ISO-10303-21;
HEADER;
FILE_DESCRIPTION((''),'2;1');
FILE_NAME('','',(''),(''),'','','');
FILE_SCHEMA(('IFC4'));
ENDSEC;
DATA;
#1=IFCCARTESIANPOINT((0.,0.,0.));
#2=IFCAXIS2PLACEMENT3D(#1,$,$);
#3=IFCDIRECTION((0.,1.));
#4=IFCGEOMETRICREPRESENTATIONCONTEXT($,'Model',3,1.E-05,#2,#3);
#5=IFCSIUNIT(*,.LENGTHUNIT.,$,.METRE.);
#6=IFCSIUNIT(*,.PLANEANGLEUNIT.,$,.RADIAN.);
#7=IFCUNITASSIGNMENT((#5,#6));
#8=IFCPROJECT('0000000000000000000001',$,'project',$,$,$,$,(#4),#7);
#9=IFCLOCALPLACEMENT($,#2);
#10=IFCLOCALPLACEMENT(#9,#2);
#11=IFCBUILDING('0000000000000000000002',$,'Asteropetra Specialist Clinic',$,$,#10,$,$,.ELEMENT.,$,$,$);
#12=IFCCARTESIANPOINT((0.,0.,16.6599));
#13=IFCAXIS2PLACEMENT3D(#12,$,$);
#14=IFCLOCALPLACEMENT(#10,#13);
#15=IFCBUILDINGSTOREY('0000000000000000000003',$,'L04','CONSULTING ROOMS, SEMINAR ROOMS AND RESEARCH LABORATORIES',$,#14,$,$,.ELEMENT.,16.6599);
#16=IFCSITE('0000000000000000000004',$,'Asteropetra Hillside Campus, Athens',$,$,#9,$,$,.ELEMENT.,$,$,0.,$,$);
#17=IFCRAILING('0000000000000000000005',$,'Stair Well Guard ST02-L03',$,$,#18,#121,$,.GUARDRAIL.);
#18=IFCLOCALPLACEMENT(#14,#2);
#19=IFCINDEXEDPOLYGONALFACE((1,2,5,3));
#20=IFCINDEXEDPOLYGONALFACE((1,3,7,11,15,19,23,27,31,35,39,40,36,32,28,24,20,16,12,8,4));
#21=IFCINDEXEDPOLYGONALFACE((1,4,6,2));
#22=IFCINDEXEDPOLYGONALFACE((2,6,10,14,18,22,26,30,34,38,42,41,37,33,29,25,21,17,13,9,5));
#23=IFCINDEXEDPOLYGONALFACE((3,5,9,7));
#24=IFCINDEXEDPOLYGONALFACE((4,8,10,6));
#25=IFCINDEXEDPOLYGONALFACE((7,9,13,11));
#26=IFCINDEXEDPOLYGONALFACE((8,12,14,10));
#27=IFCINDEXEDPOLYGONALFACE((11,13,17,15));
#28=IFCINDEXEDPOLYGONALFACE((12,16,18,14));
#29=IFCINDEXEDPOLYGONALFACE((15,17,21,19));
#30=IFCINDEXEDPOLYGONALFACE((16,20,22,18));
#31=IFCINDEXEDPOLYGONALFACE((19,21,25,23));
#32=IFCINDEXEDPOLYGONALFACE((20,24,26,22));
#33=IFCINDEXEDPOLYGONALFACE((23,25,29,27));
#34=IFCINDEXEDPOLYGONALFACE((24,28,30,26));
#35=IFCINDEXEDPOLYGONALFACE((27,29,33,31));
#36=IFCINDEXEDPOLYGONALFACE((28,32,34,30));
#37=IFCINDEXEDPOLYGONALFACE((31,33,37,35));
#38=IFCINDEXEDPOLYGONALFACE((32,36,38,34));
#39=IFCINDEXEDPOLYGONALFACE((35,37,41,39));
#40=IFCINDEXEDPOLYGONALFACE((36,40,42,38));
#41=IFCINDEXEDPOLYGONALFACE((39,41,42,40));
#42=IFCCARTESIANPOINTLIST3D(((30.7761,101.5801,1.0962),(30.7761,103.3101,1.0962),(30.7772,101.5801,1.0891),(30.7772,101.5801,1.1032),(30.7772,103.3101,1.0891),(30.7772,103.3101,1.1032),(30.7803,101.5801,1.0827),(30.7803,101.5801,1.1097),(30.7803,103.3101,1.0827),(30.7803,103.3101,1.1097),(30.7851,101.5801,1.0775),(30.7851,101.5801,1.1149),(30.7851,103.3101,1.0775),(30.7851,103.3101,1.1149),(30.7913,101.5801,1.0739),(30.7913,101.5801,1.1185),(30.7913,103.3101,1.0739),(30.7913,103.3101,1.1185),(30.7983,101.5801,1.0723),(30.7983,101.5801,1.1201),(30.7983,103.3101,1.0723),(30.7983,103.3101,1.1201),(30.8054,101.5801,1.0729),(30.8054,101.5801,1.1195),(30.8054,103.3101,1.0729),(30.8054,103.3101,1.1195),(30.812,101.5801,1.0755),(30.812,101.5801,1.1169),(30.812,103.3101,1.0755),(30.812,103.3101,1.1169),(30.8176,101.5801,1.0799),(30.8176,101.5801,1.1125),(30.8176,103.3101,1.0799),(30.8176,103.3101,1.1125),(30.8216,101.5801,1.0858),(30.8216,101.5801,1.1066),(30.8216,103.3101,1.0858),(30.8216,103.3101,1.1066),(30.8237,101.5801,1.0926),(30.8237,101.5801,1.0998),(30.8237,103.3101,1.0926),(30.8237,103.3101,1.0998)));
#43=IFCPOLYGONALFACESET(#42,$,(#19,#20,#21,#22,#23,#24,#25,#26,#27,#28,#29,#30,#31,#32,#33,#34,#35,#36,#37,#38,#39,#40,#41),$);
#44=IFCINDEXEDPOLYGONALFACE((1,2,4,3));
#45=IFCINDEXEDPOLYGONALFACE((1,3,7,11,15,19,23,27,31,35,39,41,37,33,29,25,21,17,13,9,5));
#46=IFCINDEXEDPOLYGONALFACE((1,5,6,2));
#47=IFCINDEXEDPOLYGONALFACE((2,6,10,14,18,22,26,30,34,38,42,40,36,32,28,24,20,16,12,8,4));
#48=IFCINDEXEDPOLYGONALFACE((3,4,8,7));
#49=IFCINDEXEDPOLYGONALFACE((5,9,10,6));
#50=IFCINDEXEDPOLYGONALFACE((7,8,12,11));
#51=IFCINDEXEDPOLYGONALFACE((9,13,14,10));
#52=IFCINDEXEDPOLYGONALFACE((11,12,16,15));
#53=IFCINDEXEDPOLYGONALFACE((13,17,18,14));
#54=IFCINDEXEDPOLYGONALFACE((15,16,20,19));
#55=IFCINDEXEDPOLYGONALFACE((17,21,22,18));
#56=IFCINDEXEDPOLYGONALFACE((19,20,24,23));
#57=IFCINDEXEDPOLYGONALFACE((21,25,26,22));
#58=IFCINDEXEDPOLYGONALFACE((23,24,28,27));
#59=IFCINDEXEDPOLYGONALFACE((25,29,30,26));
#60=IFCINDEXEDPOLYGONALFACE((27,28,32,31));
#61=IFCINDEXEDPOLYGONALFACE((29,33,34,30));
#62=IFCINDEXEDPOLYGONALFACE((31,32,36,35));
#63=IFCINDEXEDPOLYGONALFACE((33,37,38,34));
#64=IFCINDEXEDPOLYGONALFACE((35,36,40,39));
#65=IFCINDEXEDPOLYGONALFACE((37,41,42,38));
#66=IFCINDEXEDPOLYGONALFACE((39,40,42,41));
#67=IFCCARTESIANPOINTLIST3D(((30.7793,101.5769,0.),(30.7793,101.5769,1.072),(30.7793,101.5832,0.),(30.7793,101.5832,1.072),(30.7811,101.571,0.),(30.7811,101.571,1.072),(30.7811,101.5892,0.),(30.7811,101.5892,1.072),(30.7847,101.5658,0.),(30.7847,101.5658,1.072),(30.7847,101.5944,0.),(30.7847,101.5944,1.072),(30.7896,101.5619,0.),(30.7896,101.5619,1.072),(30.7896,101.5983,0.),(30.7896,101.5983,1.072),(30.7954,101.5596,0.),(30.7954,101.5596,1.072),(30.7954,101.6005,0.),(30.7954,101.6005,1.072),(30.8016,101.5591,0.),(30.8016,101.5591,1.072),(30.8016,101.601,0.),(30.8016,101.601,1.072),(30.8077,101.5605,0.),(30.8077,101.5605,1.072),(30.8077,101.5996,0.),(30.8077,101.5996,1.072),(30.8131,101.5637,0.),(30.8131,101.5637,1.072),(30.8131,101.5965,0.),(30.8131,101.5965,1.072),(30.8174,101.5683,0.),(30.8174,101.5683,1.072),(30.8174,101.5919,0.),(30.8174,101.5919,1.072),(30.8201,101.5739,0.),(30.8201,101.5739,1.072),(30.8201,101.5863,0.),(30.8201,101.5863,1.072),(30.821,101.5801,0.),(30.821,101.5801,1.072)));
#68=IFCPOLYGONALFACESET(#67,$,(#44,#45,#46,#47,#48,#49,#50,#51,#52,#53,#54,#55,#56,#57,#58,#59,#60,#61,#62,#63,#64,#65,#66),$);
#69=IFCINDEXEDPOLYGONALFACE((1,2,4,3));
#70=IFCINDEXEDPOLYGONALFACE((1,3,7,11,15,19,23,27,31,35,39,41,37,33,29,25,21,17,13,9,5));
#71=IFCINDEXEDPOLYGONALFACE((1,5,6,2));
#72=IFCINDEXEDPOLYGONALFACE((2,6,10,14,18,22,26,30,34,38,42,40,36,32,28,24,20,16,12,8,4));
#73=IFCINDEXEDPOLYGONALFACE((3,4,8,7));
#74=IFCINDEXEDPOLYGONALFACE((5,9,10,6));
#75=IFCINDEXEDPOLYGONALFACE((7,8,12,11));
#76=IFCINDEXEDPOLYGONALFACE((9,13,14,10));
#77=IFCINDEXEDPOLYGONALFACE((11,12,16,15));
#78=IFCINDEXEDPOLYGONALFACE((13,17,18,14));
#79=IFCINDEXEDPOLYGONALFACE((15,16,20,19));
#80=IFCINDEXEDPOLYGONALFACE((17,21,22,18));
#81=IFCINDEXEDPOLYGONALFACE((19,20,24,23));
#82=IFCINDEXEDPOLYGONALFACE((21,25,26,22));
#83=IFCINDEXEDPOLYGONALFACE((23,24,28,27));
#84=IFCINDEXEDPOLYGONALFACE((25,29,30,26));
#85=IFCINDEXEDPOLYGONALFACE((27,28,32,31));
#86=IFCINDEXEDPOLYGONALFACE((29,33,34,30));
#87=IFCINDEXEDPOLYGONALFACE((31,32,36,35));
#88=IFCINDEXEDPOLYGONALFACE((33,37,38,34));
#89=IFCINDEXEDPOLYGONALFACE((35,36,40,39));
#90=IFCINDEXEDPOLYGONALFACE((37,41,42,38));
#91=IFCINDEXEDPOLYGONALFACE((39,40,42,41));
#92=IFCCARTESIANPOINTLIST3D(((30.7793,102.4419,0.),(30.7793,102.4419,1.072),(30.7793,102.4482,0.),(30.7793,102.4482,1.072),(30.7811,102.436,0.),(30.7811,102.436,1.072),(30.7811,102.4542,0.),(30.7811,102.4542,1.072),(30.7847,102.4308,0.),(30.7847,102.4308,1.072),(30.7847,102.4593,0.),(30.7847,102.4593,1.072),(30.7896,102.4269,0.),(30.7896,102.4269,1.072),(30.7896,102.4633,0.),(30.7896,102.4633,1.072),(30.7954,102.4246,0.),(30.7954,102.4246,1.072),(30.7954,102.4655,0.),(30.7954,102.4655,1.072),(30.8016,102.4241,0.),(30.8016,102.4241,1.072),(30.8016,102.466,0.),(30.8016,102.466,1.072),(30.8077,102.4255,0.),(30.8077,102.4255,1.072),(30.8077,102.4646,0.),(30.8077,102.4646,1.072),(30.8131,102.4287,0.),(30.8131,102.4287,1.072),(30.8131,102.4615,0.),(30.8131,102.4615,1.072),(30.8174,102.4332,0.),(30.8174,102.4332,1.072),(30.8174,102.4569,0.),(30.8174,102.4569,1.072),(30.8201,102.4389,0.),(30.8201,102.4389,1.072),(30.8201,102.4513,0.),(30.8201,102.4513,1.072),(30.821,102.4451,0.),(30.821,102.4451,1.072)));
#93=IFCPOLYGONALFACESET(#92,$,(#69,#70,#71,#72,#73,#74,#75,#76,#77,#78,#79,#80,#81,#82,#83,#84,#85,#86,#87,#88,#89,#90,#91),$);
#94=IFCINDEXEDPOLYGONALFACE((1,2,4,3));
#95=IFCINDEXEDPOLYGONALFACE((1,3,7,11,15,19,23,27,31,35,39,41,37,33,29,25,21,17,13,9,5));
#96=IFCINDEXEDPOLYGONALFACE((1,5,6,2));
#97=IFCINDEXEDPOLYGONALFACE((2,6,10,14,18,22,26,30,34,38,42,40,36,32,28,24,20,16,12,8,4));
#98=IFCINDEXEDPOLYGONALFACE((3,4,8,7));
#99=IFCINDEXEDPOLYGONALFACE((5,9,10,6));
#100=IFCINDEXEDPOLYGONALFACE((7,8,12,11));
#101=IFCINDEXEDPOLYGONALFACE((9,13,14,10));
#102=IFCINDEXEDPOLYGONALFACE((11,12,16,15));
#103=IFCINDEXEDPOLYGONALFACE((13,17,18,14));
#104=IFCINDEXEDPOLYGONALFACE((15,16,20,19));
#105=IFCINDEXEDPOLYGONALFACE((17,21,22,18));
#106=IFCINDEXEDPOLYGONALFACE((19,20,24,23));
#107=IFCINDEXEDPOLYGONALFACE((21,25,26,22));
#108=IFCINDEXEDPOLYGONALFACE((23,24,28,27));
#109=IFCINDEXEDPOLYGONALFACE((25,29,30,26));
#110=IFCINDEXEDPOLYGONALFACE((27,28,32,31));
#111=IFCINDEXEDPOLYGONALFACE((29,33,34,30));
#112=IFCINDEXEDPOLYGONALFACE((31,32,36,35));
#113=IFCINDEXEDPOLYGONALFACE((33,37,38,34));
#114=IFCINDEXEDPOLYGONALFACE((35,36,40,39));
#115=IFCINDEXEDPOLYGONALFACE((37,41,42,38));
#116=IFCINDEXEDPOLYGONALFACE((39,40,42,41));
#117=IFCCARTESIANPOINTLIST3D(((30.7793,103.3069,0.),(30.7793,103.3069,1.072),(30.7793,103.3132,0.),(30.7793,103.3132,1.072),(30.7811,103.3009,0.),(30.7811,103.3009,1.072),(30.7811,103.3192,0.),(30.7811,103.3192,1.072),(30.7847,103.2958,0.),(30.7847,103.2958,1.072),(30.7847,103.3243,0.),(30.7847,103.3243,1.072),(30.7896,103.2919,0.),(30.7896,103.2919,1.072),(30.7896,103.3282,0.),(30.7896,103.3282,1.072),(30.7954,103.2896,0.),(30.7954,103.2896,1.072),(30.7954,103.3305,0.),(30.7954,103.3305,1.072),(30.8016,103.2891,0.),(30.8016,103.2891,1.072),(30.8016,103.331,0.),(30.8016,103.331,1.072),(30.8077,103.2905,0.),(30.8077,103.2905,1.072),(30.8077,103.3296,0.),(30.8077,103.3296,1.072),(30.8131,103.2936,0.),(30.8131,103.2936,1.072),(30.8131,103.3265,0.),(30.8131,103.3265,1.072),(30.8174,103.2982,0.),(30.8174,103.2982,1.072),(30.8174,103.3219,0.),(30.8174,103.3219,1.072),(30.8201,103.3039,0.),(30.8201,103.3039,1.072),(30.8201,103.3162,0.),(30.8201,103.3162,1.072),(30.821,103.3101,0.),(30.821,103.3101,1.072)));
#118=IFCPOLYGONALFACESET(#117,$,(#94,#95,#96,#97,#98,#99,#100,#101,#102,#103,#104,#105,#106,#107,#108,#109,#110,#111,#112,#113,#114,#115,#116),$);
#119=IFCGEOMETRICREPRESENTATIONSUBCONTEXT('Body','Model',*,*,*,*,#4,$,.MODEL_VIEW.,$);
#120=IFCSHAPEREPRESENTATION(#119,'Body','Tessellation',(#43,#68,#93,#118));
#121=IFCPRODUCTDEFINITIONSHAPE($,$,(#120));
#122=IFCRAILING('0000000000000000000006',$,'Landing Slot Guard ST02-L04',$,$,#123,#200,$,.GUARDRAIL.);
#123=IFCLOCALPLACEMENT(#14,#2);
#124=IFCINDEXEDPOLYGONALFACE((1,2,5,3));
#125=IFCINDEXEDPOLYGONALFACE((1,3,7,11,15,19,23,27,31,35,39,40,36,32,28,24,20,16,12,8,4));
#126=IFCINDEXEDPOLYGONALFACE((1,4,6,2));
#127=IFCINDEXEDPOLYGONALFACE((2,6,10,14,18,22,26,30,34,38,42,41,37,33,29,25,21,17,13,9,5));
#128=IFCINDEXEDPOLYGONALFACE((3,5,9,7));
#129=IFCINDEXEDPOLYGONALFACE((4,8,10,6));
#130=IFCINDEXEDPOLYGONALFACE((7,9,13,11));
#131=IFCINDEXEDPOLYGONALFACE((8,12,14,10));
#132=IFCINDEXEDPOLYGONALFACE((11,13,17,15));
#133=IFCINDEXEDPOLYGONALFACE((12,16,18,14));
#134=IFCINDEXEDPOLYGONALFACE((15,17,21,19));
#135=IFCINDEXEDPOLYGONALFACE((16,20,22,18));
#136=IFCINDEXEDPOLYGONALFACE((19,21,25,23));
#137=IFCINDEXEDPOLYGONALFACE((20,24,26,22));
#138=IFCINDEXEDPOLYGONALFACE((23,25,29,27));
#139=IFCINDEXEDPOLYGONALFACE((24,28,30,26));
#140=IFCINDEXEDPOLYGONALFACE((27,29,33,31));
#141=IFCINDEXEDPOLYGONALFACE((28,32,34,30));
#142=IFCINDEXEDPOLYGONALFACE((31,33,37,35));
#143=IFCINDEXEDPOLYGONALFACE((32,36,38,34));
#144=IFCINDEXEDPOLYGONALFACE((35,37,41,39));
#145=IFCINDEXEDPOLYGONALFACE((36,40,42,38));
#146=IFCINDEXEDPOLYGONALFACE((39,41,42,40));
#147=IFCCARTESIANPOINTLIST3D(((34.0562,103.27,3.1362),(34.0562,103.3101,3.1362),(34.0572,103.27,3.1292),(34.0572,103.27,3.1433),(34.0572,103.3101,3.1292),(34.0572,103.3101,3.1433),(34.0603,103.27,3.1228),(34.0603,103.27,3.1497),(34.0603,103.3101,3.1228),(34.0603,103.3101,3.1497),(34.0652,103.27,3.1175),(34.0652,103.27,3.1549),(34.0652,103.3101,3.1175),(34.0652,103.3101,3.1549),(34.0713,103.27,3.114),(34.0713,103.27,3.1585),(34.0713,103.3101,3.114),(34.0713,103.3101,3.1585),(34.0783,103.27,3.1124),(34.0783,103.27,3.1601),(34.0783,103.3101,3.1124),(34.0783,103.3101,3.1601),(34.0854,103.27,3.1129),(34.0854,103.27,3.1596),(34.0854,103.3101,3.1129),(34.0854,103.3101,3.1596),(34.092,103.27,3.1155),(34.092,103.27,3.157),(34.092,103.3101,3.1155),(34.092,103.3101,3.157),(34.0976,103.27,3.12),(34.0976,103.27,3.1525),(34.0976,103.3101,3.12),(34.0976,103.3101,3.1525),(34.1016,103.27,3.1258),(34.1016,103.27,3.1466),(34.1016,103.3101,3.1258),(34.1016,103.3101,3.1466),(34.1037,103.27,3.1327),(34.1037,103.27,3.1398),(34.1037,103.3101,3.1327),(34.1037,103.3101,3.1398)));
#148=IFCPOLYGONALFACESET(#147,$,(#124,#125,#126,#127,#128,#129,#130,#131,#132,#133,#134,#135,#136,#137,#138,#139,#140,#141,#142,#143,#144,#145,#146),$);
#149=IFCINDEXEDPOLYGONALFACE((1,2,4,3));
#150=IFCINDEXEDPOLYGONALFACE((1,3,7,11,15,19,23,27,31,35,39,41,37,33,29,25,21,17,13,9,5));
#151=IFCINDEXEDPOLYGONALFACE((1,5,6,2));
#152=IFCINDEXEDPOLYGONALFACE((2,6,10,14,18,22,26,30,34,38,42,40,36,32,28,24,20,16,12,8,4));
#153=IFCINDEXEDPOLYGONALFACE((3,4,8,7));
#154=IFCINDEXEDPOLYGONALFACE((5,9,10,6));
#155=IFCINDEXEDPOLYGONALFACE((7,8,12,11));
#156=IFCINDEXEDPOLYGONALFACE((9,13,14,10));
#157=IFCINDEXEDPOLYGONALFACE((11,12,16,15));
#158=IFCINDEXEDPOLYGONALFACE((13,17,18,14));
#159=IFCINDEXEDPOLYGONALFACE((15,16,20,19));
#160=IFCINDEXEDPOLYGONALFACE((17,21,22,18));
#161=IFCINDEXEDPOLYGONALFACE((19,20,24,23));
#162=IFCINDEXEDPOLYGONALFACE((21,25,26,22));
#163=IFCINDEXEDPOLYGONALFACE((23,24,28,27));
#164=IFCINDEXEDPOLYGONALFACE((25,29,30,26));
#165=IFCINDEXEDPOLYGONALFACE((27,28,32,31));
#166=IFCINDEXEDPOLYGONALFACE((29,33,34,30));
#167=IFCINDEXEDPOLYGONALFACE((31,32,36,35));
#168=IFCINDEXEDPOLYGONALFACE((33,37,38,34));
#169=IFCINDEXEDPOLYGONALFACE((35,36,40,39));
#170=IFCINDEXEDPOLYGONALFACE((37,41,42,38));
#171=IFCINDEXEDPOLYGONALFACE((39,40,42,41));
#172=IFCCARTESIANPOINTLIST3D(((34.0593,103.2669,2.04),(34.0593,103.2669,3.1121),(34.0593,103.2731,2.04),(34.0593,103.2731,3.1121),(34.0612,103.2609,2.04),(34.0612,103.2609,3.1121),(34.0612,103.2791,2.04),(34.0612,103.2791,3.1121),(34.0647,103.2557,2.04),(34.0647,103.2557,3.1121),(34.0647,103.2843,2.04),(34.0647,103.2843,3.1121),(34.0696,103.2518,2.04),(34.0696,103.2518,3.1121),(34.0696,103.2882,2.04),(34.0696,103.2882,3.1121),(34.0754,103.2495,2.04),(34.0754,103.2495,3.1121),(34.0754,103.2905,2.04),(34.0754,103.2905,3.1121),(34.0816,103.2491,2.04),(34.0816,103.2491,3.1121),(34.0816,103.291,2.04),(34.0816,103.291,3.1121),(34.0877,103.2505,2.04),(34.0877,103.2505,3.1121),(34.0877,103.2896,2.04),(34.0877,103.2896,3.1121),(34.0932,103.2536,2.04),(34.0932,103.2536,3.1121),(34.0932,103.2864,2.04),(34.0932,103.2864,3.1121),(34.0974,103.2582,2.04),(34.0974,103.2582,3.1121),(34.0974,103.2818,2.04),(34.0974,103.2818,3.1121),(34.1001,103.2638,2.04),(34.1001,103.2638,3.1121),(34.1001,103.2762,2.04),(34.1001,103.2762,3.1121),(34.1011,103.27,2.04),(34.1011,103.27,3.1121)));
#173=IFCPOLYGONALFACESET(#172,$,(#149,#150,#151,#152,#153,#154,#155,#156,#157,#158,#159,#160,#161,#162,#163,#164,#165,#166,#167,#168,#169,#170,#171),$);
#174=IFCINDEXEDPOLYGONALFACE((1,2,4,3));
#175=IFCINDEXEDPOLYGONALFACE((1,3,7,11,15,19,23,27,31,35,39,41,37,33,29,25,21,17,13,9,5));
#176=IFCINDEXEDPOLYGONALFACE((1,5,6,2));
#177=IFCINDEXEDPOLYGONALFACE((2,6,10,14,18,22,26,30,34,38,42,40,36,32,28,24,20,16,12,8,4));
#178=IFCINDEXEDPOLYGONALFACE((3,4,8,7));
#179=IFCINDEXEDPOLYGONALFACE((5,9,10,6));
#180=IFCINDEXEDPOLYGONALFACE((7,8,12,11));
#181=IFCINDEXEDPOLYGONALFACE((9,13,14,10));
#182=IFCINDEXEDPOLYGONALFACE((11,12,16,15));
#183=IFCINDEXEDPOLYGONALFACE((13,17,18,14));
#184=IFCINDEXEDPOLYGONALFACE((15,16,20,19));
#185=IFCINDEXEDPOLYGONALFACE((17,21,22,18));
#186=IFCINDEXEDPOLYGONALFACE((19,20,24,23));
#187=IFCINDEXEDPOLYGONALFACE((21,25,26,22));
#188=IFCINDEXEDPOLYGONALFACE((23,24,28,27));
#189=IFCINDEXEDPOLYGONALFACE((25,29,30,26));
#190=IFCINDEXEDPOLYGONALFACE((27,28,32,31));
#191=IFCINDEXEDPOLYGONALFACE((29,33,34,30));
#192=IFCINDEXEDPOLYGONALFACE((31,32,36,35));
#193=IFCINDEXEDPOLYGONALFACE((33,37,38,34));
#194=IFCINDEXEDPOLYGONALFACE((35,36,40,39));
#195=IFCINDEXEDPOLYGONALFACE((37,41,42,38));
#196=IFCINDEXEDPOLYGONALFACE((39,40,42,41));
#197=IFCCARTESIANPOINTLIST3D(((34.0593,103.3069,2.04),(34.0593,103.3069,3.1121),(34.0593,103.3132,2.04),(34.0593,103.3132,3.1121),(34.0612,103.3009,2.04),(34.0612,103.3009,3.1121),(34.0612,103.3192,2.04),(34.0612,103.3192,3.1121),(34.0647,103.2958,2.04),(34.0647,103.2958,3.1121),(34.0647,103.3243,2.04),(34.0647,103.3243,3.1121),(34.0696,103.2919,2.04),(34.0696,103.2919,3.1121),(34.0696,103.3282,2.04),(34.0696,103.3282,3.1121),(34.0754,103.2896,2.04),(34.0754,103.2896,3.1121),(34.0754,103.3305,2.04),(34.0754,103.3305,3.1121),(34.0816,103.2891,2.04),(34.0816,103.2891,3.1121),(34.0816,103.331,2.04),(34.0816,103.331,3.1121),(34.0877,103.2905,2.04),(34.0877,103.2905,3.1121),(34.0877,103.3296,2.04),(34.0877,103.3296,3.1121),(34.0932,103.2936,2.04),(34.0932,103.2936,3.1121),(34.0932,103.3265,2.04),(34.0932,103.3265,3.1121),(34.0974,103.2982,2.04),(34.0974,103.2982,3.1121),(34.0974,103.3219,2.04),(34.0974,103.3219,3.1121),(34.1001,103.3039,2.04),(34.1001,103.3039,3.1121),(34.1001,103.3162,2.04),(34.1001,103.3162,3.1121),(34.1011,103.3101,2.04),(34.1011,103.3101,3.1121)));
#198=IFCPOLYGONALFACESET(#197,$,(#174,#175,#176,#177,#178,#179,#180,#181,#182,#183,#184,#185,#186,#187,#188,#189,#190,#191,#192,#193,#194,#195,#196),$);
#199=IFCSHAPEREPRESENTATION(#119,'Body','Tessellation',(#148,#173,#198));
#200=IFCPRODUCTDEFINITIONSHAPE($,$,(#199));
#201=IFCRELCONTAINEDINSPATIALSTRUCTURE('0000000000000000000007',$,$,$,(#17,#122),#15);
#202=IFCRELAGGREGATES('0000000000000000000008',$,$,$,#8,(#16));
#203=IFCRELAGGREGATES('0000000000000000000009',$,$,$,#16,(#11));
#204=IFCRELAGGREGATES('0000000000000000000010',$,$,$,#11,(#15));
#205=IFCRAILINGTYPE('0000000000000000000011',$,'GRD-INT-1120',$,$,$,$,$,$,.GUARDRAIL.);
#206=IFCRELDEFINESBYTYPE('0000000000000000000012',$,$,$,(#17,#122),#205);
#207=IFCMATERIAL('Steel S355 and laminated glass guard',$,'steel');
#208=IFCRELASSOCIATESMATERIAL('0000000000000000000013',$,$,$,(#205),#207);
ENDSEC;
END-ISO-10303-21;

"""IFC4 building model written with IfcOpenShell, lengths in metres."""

from ifc_helpers import new_model, si_unit, direction, frame, origin, origin_2d, place, context, subcontext, project, spatial, circle, extrude, material, type_object, element, save


model = new_model("IFC4")

# Units and contexts
model_context = context("Model", 3, precision=1e-05, world=origin(), true_north=direction((0.0, 1.0)))
body_context = subcontext(model_context, "Body", "Model", "MODEL_VIEW")
ifc_project = project(units=[si_unit("LENGTHUNIT", "METRE"), si_unit("PLANEANGLEUNIT", "RADIAN")], contexts=[model_context])

# Site, building, storey
site_placement = place(None, origin())
site = spatial("IfcSite", under=ifc_project, at=site_placement, Name="Asteropetra Hillside Campus, Athens", CompositionType="ELEMENT", RefElevation=0.0)
building_placement = place(site_placement, origin())
building = spatial("IfcBuilding", under=site, at=building_placement, Name="Asteropetra Specialist Clinic", CompositionType="ELEMENT")
storey_placement = place(building_placement, frame((0.0, 0.0, 16.6599)))
storey = spatial("IfcBuildingStorey", under=building, at=storey_placement, Name="L04", Description="CONSULTING ROOMS, SEMINAR ROOMS AND RESEARCH LABORATORIES", CompositionType="ELEMENT", Elevation=16.6599)

# Railings
ifc_material_1 = material(Name="Steel S355 and laminated glass guard", Category="steel")
railing_type_1 = type_object("IfcRailingType", Name="GRD-INT-1120", PredefinedType="GUARDRAIL", material=ifc_material_1)
railing_1_placement = place(storey_placement, frame((30.8, 101.5801, 0.0)))
element("IfcRailing", 1, at=railing_1_placement, inside=storey, type_object=railing_type_1, Name="Stair Well Guard ST02-L03", PredefinedType="GUARDRAIL", context=body_context, shape_type="SweptSolid", body=[
    extrude(circle(Radius=0.0239, at=origin_2d()), frame((0.0, 0.0, 1.0962), z_axis=(0.0, 1.0, 0.0), x_axis=(-1.0, 0.0, 0.0)), (0.0, 0.0, 1.0), 1.73),
    extrude(circle(Radius=0.021, at=origin_2d()), origin(), (0.0, 0.0, 1.0), 1.072),
    extrude(circle(Radius=0.021, at=origin_2d()), frame((0.0, 0.865, 0.0)), (0.0, 0.0, 1.0), 1.072),
    extrude(circle(Radius=0.021, at=origin_2d()), frame((0.0, 1.73, 0.0)), (0.0, 0.0, 1.0), 1.072),
])
railing_2_placement = place(storey_placement, frame((34.0801, 103.27, 2.04)))
element("IfcRailing", 2, at=railing_2_placement, inside=storey, type_object=railing_type_1, Name="Landing Slot Guard ST02-L04", PredefinedType="GUARDRAIL", context=body_context, shape_type="SweptSolid", body=[
    extrude(circle(Radius=0.0239, at=origin_2d()), frame((0.0, 0.0, 1.0962), z_axis=(0.0, 1.0, 0.0), x_axis=(-1.0, 0.0, 0.0)), (0.0, 0.0, 1.0), 0.04),
    extrude(circle(Radius=0.021, at=origin_2d()), origin(), (0.0, 0.0, 1.0), 1.072),
    extrude(circle(Radius=0.021, at=origin_2d()), frame((0.0, 0.04, 0.0)), (0.0, 0.0, 1.0), 1.072),
])

save(model, "model.ifc")
